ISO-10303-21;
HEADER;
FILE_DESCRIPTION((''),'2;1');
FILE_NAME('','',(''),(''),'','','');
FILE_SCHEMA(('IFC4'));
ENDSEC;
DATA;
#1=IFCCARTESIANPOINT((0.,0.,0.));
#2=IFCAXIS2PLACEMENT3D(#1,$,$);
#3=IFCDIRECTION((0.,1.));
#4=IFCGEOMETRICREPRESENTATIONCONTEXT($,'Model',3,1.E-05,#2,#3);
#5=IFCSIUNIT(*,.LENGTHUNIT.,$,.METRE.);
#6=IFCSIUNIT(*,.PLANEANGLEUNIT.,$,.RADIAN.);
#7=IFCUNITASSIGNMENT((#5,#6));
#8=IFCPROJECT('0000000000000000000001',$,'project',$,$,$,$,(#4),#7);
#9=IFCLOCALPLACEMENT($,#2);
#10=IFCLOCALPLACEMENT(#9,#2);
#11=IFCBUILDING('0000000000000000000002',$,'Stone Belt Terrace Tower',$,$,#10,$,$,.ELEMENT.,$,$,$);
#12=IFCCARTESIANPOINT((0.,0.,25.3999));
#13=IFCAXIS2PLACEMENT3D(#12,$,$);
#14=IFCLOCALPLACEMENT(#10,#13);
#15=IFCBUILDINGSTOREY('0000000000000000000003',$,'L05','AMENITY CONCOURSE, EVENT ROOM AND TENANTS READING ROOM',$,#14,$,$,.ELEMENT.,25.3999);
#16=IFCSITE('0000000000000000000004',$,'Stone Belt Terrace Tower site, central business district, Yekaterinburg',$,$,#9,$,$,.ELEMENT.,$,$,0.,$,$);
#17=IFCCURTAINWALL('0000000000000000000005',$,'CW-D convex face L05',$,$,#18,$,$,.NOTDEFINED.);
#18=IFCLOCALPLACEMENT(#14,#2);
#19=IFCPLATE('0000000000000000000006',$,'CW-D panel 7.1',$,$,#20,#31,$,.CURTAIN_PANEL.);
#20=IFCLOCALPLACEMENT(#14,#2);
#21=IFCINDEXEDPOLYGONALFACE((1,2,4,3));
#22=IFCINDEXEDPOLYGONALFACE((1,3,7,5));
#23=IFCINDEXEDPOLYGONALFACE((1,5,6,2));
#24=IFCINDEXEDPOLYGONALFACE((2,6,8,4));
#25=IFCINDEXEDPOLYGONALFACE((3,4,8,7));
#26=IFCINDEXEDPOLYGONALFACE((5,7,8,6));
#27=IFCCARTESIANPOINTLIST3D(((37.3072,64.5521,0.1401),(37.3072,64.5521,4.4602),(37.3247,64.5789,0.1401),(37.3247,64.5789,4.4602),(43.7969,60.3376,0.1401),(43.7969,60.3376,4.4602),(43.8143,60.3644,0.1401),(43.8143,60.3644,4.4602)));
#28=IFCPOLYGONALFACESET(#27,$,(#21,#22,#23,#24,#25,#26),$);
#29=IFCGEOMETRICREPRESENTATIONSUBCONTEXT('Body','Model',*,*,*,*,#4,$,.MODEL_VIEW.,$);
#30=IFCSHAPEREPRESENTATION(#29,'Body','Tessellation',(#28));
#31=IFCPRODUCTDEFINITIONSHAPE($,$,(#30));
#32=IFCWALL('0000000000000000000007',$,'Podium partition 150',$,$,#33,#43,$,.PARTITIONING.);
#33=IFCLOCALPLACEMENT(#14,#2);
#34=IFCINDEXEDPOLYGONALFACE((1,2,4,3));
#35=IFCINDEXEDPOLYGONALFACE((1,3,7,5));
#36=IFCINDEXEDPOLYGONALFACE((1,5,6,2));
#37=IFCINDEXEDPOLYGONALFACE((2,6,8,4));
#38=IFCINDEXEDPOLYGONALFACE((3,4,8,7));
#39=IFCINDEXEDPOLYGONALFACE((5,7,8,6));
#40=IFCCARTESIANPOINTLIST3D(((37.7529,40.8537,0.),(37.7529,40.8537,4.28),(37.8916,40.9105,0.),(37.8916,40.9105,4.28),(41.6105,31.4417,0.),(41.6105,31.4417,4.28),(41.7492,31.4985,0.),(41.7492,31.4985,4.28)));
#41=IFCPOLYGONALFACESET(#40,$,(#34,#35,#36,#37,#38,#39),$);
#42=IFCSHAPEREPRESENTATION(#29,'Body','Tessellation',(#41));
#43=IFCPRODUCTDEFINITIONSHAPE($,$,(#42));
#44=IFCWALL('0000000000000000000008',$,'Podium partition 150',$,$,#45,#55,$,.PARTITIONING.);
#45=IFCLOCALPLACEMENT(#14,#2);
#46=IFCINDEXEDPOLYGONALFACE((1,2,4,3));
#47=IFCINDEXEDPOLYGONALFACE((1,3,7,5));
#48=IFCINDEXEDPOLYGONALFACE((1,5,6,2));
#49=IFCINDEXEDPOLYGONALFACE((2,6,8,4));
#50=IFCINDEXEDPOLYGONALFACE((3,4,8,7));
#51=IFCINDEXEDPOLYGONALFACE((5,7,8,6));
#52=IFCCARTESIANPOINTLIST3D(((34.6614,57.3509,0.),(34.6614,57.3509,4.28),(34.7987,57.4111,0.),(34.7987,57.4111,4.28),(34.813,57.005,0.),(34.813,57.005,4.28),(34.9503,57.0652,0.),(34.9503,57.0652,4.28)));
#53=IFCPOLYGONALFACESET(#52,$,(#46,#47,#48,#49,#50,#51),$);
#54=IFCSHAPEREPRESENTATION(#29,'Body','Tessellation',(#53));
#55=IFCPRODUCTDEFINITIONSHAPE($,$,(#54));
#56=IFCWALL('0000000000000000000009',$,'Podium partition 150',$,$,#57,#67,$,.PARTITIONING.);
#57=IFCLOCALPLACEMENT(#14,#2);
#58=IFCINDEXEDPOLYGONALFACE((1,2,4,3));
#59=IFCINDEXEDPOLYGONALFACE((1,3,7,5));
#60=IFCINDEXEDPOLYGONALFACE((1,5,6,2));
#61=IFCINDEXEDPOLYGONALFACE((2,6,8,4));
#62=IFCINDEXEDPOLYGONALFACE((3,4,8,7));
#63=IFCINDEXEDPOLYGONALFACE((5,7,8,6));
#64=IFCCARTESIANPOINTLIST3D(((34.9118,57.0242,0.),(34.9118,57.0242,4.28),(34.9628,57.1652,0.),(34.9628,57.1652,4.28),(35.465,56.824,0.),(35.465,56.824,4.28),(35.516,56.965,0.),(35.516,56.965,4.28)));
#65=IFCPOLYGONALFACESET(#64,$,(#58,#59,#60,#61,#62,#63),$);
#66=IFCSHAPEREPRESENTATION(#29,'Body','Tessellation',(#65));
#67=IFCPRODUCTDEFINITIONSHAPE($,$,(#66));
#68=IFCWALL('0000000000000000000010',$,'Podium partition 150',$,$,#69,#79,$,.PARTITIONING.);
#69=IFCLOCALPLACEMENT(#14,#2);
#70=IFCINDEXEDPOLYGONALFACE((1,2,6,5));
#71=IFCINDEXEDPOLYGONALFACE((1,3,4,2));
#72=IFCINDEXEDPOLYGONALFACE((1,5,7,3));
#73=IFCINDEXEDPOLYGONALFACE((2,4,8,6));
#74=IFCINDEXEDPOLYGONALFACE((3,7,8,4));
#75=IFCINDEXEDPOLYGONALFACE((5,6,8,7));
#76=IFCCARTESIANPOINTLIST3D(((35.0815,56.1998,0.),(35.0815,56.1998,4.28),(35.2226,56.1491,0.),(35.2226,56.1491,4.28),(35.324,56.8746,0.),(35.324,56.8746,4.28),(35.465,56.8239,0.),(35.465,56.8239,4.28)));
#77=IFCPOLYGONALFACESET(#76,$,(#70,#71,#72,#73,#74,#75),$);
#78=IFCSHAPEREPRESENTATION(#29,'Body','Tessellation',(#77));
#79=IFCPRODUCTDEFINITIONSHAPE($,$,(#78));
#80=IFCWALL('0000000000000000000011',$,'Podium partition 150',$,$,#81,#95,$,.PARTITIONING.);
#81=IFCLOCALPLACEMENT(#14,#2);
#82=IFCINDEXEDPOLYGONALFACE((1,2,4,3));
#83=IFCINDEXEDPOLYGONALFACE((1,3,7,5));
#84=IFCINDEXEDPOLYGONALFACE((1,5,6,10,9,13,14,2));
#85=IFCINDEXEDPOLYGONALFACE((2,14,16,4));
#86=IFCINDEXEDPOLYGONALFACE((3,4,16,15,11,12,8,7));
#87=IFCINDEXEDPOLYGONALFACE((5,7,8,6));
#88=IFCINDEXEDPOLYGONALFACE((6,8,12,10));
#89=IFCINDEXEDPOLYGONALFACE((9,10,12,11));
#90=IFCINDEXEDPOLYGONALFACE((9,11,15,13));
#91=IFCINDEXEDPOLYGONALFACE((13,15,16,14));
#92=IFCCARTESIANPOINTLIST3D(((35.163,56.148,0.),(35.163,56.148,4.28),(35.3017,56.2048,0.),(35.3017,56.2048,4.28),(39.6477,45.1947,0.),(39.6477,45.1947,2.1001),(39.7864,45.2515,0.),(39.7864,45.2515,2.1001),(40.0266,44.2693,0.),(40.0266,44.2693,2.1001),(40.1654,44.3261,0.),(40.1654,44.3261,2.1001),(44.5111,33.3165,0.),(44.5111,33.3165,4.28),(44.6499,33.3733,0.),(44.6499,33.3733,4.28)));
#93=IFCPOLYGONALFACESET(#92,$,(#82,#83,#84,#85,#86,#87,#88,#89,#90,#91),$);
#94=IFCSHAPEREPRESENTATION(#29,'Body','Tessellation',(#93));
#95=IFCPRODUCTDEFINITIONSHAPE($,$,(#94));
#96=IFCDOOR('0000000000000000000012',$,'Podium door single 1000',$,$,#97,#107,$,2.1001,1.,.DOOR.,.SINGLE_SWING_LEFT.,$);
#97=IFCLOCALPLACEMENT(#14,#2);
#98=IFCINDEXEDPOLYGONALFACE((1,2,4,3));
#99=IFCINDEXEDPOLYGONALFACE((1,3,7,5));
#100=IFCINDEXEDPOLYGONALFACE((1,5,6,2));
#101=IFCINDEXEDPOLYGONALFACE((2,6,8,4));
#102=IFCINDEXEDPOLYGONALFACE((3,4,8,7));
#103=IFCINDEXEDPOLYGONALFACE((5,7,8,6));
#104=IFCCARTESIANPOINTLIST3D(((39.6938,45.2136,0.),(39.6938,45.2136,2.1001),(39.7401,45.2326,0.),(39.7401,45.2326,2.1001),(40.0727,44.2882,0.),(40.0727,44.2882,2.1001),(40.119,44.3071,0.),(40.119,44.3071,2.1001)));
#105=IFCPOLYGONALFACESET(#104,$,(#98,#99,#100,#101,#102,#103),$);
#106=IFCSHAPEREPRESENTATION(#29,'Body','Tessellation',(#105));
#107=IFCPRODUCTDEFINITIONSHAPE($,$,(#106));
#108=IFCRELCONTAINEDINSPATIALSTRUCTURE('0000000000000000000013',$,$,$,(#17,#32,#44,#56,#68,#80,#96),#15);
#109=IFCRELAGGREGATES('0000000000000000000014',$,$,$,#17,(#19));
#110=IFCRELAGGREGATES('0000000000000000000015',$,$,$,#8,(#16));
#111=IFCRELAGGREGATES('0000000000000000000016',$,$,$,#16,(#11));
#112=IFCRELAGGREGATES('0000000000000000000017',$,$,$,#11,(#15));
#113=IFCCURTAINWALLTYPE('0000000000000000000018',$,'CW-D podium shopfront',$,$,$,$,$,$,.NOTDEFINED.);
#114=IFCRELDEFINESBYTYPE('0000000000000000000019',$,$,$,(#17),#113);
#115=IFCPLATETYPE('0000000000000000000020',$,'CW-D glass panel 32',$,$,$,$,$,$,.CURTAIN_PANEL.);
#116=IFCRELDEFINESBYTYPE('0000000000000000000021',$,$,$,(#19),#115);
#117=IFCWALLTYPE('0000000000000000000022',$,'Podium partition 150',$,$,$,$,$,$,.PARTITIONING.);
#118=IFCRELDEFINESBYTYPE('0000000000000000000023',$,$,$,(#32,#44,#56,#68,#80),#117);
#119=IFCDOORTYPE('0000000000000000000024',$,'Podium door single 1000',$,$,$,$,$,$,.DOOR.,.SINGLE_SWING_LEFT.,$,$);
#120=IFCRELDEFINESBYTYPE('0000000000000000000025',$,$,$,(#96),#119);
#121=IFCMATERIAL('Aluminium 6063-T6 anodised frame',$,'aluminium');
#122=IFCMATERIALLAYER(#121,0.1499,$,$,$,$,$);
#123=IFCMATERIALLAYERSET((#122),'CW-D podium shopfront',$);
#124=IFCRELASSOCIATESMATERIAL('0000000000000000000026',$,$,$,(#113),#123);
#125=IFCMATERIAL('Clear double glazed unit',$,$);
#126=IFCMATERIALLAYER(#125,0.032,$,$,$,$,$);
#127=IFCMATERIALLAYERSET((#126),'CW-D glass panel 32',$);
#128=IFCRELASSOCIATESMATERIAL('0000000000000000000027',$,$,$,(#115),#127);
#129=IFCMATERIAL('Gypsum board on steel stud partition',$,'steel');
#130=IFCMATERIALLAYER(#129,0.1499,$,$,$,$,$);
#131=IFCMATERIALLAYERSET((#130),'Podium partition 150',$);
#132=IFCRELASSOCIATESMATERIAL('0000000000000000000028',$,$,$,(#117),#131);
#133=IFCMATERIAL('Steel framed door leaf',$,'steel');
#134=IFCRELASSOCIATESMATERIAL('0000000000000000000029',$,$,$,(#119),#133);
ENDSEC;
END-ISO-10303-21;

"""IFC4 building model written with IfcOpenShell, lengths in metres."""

from ifc_helpers import new_model, si_unit, direction, frame, frame_2d, origin, origin_2d, place, context, subcontext, project, spatial, rectangle, extrude, material, layer, layer_set, type_object, element, fill, aggregate, save


model = new_model("IFC4")

# Units and contexts
model_context = context("Model", 3, precision=1e-05, world=origin(), true_north=direction((0.0, 1.0)))
body_context = subcontext(model_context, "Body", "Model", "MODEL_VIEW")
ifc_project = project(units=[si_unit("LENGTHUNIT", "METRE"), si_unit("PLANEANGLEUNIT", "RADIAN")], contexts=[model_context])

# Site, building, storey
site_placement = place(None, origin())
site = spatial("IfcSite", under=ifc_project, at=site_placement, Name="Stone Belt Terrace Tower site, central business district, Yekaterinburg", CompositionType="ELEMENT", RefElevation=0.0)
building_placement = place(site_placement, origin())
building = spatial("IfcBuilding", under=site, at=building_placement, Name="Stone Belt Terrace Tower", CompositionType="ELEMENT")
storey_placement = place(building_placement, frame((0.0, 0.0, 25.3999)))
storey = spatial("IfcBuildingStorey", under=building, at=storey_placement, Name="L05", Description="AMENITY CONCOURSE, EVENT ROOM AND TENANTS READING ROOM", CompositionType="ELEMENT", Elevation=25.3999)

# Curtain wall
ifc_material_1 = material(Name="Aluminium 6063-T6 anodised frame", Category="aluminium")
ifc_layer_1 = layer(ifc_material_1, 0.1499)
ifc_layer_set_1 = layer_set([ifc_layer_1], Name="CW-D podium shopfront")
curtain_wall_type = type_object("IfcCurtainWallType", Name="CW-D podium shopfront", PredefinedType="NOTDEFINED", material=ifc_layer_set_1)
curtain_wall_placement = place(storey_placement, origin())
curtain_wall = element("IfcCurtainWall", 1, at=curtain_wall_placement, inside=storey, type_object=curtain_wall_type, Name="CW-D convex face L05", PredefinedType="NOTDEFINED")

# Plate
ifc_material_2 = material(Name="Clear double glazed unit")
ifc_layer_2 = layer(ifc_material_2, 0.032)
ifc_layer_set_2 = layer_set([ifc_layer_2], Name="CW-D glass panel 32")
plate_type = type_object("IfcPlateType", Name="CW-D glass panel 32", PredefinedType="CURTAIN_PANEL", material=ifc_layer_set_2)
plate_1_placement = place(storey_placement, frame((40.5608, 62.4583, 0.1401), z_axis=(0.0, 0.0, 1.0), x_axis=(-0.838671, 0.544639, 0.0)))
plate_1 = element("IfcPlate", 2, at=plate_1_placement, type_object=plate_type, Name="CW-D panel 7.1", PredefinedType="CURTAIN_PANEL", context=body_context, shape_type="SweptSolid", body=[
    extrude(rectangle(XDim=7.738, YDim=0.032, at=origin_2d()), origin(), (0.0, 0.0, 1.0), 4.3201),
])
aggregate(curtain_wall, [plate_1])

# Walls
ifc_material_3 = material(Name="Gypsum board on steel stud partition", Category="steel")
ifc_layer_3 = layer(ifc_material_3, 0.1499)
ifc_layer_set_3 = layer_set([ifc_layer_3], Name="Podium partition 150")
wall_type = type_object("IfcWallType", Name="Podium partition 150", PredefinedType="PARTITIONING", material=ifc_layer_set_3)
wall_1_placement = place(storey_placement, frame((37.8223, 40.8821, 0.0), z_axis=(0.0, 0.0, 1.0), x_axis=(0.379244, -0.925297, 0.0)))
element("IfcWall", 3, at=wall_1_placement, inside=storey, type_object=wall_type, Name="Podium partition 150", PredefinedType="PARTITIONING", context=body_context, shape_type="SweptSolid", body=[
    extrude(rectangle(XDim=10.1719, YDim=0.1499, at=frame_2d((5.0859, 0.0))), origin(), (0.0, 0.0, 1.0), 4.28),
])
wall_2_placement = place(storey_placement, frame((34.73, 57.3811, 0.0), z_axis=(0.0, 0.0, 1.0), x_axis=(0.401395, -0.915905, 0.0)))
element("IfcWall", 4, at=wall_2_placement, inside=storey, type_object=wall_type, Name="Podium partition 150", PredefinedType="PARTITIONING", context=body_context, shape_type="SweptSolid", body=[
    extrude(rectangle(XDim=0.3777, YDim=0.1499, at=frame_2d((0.189, 0.0))), origin(), (0.0, 0.0, 1.0), 4.28),
])
wall_3_placement = place(storey_placement, frame((34.9373, 57.0947, 0.0), z_axis=(0.0, 0.0, 1.0), x_axis=(0.940325, -0.340277, 0.0)))
element("IfcWall", 5, at=wall_3_placement, inside=storey, type_object=wall_type, Name="Podium partition 150", PredefinedType="PARTITIONING", context=body_context, shape_type="SweptSolid", body=[
    extrude(rectangle(XDim=0.5884, YDim=0.1499, at=frame_2d((0.2942, 0.0))), origin(), (0.0, 0.0, 1.0), 4.28),
])
wall_4_placement = place(storey_placement, frame((35.1521, 56.1746, 0.0), z_axis=(0.0, 0.0, 1.0), x_axis=(0.338104, 0.941109, 0.0)))
element("IfcWall", 6, at=wall_4_placement, inside=storey, type_object=wall_type, Name="Podium partition 150", PredefinedType="PARTITIONING", context=body_context, shape_type="SweptSolid", body=[
    extrude(rectangle(XDim=0.717, YDim=0.1499, at=frame_2d((0.3584, 0.0))), origin(), (0.0, 0.0, 1.0), 4.28),
])

# Wall, opening, door
wall_5_placement = place(storey_placement, frame((35.2324, 56.1763, 0.0), z_axis=(0.0, 0.0, 1.0), x_axis=(0.378909, -0.925434, 0.0)))
wall_5 = element("IfcWall", 7, at=wall_5_placement, inside=storey, type_object=wall_type, Name="Podium partition 150", PredefinedType="PARTITIONING", context=body_context, shape_type="SweptSolid", body=[
    extrude(rectangle(XDim=24.6711, YDim=0.1499, at=frame_2d((12.3354, 0.0))), origin(), (0.0, 0.0, 1.0), 4.28),
])
opening_placement = place(wall_5_placement, frame((11.8357, 0.0, 0.0)))
opening = element("IfcOpeningElement", 8, at=opening_placement, cuts=wall_5, PredefinedType="OPENING", context=body_context, shape_type="SweptSolid", body=[
    extrude(rectangle(XDim=1.0, YDim=2.1001, at=frame_2d((0.5, 1.05))), frame((0.0, 0.085, 0.0), z_axis=(0.0, -1.0, 0.0), x_axis=(1.0, 0.0, 0.0)), (0.0, 0.0, 1.0), 0.1699),
])
ifc_material_4 = material(Name="Steel framed door leaf", Category="steel")
door_type = type_object("IfcDoorType", Name="Podium door single 1000", OperationType="SINGLE_SWING_LEFT", PredefinedType="DOOR", material=ifc_material_4)
door_placement = place(opening_placement, origin())
door = element("IfcDoor", 9, at=door_placement, inside=storey, type_object=door_type, Name="Podium door single 1000", OperationType="SINGLE_SWING_LEFT", OverallHeight=2.1001, OverallWidth=1.0, PredefinedType="DOOR", context=body_context, shape_type="SweptSolid", body=[
    extrude(rectangle(XDim=1.0, YDim=2.1001, at=frame_2d((0.5, 1.05))), frame((0.0, 0.0249, 0.0), z_axis=(0.0, -1.0, 0.0), x_axis=(1.0, 0.0, 0.0)), (0.0, 0.0, 1.0), 0.05),
])
fill(opening, door)

save(model, "model.ifc")
